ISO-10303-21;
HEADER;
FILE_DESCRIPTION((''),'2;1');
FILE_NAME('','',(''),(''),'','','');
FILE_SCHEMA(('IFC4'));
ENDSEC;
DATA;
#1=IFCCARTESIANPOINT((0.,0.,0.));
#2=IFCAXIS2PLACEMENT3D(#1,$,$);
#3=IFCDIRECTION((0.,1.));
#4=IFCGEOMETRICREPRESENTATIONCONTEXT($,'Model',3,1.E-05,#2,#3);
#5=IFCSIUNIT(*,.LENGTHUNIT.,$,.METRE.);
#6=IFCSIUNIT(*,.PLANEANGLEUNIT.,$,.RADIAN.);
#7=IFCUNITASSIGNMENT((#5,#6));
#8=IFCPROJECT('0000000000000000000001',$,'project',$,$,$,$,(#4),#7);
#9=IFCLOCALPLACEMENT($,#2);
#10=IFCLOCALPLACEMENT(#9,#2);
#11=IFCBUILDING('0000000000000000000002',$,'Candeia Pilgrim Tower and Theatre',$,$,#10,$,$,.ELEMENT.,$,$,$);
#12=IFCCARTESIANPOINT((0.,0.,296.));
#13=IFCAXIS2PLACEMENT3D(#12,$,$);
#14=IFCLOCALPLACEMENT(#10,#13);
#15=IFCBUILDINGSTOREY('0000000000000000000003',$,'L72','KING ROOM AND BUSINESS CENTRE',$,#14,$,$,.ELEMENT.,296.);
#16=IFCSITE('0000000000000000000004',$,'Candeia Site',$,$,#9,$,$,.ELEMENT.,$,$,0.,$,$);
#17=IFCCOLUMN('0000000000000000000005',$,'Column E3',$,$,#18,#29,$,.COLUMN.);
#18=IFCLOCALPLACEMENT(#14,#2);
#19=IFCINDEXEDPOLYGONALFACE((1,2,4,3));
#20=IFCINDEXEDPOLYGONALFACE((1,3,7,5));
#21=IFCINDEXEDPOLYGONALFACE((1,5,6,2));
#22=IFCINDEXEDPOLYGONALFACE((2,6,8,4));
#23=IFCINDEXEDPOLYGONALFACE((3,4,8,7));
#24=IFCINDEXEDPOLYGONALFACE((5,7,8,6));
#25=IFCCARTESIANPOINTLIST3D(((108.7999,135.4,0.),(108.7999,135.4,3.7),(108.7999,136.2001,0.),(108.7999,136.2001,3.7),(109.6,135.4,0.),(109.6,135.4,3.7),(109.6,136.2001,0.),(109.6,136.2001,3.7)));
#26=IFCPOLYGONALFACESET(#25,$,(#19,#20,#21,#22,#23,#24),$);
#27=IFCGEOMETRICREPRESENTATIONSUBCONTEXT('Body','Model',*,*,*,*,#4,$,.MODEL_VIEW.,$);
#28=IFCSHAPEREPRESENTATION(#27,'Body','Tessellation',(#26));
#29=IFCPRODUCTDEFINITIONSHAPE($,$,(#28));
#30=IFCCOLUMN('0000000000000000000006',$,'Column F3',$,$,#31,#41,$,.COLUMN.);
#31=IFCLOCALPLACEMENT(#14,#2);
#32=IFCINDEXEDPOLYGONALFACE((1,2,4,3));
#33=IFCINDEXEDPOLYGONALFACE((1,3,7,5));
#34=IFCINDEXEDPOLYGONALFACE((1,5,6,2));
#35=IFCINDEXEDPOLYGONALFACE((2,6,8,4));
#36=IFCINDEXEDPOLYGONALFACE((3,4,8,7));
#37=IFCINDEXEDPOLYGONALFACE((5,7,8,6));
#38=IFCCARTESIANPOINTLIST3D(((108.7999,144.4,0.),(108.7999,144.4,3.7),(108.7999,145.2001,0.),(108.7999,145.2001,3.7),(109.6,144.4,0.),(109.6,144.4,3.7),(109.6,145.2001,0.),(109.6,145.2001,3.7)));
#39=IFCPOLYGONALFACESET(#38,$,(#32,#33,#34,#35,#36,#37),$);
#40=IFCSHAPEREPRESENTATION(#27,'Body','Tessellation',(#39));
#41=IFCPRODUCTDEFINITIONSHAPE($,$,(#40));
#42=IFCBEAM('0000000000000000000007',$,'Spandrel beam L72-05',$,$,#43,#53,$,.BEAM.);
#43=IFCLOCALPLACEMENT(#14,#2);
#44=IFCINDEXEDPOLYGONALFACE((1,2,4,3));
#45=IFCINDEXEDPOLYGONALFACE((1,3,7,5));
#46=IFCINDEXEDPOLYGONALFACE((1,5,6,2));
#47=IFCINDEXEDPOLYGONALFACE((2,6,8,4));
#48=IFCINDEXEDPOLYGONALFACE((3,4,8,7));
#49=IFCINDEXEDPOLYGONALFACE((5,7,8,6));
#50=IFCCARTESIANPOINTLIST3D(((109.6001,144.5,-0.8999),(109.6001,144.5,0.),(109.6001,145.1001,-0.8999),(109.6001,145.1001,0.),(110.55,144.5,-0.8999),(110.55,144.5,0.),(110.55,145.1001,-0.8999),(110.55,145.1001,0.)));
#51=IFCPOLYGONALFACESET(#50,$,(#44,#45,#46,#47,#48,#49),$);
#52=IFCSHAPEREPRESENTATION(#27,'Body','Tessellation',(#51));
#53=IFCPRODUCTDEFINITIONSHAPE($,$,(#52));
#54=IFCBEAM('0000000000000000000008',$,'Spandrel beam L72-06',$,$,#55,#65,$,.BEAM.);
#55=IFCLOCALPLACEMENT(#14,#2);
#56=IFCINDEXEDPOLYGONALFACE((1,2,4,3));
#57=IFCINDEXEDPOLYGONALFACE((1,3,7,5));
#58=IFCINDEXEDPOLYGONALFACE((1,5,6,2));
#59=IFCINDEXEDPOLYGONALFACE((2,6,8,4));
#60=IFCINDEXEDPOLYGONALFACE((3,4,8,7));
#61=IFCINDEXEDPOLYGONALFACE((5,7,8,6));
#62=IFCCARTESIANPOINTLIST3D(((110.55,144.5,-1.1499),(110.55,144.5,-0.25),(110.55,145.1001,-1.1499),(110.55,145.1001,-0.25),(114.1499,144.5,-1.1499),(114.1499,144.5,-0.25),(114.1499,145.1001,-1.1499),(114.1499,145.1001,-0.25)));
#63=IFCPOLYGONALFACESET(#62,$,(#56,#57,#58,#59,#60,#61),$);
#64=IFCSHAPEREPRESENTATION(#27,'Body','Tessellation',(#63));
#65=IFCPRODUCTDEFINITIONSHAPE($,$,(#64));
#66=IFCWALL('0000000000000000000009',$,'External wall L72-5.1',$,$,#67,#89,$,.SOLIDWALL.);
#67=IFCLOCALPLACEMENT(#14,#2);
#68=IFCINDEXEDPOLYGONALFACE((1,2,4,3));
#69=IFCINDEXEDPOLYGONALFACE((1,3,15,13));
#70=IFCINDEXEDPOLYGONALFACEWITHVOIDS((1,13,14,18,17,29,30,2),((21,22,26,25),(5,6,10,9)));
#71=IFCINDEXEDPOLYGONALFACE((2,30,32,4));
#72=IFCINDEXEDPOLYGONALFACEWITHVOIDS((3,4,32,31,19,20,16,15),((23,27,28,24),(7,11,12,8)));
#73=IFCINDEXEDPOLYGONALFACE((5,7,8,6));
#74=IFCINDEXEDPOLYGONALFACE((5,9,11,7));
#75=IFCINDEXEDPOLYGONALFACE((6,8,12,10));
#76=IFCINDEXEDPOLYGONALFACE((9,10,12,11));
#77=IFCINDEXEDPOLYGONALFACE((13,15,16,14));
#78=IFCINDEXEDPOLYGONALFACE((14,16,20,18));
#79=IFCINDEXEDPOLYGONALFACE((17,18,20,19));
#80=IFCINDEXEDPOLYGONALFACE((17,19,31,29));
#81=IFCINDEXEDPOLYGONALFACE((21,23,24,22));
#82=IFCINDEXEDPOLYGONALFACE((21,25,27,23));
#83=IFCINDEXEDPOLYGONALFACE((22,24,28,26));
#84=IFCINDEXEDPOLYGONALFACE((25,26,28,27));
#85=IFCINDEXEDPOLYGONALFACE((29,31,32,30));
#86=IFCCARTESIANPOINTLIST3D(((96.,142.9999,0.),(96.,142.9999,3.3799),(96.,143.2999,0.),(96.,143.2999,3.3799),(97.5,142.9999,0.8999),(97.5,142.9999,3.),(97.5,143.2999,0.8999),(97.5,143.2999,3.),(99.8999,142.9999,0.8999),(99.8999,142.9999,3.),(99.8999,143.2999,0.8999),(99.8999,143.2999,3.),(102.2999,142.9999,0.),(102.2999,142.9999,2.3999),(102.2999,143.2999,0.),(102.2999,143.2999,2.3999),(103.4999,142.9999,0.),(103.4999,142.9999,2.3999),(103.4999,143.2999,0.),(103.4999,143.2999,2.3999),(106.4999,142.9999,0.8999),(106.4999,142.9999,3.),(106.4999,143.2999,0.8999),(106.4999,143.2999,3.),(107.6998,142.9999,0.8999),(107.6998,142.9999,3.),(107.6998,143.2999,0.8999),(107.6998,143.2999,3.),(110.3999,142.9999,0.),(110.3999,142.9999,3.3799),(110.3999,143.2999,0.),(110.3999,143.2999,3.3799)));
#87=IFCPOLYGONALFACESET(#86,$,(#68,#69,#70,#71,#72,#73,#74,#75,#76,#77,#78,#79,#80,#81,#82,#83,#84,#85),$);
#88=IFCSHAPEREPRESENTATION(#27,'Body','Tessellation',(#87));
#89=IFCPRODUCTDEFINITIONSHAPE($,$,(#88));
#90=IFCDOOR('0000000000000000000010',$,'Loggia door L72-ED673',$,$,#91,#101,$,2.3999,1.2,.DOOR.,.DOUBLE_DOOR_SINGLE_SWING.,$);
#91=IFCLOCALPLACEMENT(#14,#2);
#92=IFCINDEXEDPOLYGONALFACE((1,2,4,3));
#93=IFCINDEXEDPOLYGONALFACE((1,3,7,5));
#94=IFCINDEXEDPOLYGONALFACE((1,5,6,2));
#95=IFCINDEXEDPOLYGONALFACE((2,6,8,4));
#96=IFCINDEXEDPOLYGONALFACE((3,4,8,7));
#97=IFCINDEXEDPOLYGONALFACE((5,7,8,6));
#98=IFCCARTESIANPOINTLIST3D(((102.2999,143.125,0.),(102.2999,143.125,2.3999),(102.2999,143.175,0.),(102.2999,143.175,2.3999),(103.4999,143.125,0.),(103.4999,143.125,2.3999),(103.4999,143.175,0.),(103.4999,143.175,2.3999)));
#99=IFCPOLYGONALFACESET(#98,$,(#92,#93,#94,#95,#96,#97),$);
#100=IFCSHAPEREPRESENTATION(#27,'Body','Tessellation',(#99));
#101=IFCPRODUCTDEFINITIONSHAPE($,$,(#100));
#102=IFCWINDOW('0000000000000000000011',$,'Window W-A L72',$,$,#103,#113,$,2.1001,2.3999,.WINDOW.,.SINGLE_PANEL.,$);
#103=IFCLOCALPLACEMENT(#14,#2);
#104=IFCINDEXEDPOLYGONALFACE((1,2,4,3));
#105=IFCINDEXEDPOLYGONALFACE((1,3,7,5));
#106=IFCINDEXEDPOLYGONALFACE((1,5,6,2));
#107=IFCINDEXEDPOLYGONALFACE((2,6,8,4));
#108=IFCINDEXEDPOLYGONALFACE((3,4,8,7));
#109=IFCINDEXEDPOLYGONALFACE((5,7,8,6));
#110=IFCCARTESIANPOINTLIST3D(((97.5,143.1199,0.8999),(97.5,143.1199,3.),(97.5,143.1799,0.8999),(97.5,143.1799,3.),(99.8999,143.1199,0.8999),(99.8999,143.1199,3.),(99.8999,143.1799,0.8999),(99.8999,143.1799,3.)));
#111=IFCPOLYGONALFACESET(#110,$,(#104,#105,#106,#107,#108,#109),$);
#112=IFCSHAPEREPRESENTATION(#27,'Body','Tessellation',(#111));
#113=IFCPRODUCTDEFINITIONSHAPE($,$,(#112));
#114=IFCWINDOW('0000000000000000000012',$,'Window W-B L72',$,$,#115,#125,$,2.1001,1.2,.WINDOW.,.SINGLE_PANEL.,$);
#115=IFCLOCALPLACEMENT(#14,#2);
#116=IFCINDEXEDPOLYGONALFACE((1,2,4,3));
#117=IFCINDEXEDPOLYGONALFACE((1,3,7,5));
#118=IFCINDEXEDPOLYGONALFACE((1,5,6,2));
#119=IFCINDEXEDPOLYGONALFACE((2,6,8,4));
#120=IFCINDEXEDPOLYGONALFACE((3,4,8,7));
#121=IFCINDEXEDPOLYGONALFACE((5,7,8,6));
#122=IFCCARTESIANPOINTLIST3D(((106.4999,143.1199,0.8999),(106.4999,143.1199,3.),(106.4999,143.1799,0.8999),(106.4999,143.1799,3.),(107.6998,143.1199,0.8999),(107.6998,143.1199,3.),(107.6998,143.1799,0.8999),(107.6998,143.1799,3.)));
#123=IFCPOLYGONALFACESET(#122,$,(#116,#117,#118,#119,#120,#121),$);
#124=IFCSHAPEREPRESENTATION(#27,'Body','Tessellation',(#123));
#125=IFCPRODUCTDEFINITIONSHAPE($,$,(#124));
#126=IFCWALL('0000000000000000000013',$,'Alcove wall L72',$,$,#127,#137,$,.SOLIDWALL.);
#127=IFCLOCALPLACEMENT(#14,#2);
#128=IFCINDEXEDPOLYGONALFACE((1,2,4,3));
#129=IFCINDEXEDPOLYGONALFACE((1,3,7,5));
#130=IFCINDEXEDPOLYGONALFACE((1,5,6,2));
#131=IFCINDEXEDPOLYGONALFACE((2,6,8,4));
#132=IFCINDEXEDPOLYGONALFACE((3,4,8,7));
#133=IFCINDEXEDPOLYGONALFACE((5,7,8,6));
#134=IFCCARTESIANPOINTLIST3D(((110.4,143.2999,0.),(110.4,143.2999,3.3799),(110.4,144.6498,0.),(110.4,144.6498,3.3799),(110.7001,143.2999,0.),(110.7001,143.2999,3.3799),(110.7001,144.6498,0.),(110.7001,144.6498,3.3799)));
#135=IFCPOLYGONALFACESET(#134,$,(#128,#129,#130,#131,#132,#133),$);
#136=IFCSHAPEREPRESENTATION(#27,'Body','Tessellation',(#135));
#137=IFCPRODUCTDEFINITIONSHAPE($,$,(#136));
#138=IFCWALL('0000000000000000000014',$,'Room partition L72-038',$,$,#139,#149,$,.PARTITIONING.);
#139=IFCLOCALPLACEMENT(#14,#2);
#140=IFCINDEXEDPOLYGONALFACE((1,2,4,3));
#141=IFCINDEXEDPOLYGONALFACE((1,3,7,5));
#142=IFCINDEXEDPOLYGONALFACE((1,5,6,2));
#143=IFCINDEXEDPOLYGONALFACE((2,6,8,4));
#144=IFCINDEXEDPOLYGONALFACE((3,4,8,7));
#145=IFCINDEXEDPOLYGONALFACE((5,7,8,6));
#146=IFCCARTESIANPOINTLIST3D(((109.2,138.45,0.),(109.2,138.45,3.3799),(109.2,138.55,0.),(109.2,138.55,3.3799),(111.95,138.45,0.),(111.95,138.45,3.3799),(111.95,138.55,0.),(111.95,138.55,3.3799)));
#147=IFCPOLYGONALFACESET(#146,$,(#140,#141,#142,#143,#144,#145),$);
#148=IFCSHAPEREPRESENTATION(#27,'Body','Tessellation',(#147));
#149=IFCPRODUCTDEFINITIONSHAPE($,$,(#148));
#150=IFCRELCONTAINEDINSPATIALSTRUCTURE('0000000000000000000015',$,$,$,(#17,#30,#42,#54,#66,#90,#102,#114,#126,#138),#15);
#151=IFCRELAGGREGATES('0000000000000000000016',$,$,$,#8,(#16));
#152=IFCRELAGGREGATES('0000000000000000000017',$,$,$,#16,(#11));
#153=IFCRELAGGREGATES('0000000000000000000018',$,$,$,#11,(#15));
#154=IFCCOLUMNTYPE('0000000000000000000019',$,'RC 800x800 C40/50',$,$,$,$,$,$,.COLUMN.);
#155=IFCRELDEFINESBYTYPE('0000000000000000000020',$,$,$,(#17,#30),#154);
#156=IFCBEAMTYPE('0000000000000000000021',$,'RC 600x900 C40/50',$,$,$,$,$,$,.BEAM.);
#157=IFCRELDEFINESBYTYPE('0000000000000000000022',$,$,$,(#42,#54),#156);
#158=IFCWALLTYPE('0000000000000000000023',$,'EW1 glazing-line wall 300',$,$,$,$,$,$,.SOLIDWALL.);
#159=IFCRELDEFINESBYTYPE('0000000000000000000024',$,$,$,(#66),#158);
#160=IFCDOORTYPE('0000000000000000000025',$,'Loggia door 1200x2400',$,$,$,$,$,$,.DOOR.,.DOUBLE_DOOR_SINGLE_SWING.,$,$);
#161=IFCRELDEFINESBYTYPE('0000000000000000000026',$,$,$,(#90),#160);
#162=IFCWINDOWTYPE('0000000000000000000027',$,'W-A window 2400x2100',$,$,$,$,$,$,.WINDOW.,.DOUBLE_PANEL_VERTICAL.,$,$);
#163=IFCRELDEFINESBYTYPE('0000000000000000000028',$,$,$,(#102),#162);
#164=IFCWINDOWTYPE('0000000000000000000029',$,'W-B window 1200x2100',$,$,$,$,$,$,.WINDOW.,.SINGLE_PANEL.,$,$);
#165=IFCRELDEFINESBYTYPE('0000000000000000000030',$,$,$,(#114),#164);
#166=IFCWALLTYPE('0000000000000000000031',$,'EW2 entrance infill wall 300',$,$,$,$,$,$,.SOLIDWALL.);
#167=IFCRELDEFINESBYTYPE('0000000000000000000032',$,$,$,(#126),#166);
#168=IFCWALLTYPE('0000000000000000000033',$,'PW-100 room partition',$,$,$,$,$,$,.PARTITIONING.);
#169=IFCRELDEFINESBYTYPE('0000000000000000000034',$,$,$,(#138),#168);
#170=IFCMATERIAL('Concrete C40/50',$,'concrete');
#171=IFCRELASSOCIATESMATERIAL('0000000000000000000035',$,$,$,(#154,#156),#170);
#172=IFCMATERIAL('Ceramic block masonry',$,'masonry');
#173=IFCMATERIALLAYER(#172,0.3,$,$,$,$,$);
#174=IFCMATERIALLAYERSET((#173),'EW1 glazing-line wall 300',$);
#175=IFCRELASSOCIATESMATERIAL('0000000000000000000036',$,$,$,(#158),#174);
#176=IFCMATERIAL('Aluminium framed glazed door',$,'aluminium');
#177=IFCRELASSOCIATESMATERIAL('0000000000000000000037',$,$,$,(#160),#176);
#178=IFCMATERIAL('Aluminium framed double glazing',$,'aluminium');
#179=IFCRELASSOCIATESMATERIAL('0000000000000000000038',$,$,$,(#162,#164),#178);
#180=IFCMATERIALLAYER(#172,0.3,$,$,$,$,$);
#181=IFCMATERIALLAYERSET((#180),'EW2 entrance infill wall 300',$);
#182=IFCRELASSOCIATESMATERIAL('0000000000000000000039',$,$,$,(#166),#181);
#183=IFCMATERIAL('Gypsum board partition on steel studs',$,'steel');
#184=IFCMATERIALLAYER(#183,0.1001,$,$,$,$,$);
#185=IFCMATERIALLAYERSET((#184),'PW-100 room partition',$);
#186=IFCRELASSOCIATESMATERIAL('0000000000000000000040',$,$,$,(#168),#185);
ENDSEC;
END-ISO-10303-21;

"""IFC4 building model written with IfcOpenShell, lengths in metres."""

from ifc_helpers import new_model, si_unit, direction, frame, frame_2d, origin, origin_2d, place, context, subcontext, project, spatial, rectangle, extrude, material, layer, layer_set, material_profile, profile_set, type_object, element, fill, save


model = new_model("IFC4")

# Units and contexts
model_context = context("Model", 3, precision=1e-05, world=origin(), true_north=direction((0.0, 1.0)))
body_context = subcontext(model_context, "Body", "Model", "MODEL_VIEW")
ifc_project = project(units=[si_unit("LENGTHUNIT", "METRE"), si_unit("PLANEANGLEUNIT", "RADIAN")], contexts=[model_context])

# Site, building, storey
site_placement = place(None, origin())
site = spatial("IfcSite", under=ifc_project, at=site_placement, Name="Candeia Site", CompositionType="ELEMENT", RefElevation=0.0)
building_placement = place(site_placement, origin())
building = spatial("IfcBuilding", under=site, at=building_placement, Name="Candeia Pilgrim Tower and Theatre", CompositionType="ELEMENT")
storey_placement = place(building_placement, frame((0.0, 0.0, 296.0)))
storey = spatial("IfcBuildingStorey", under=building, at=storey_placement, Name="L72", Description="KING ROOM AND BUSINESS CENTRE", CompositionType="ELEMENT", Elevation=296.0)

# Columns
ifc_material_1 = material(Name="Concrete C40/50", Category="concrete")
ifc_material_profile_1 = material_profile(ifc_material_1, rectangle(XDim=0.8, YDim=0.8, at=origin_2d()))
ifc_profile_set_1 = profile_set([ifc_material_profile_1], Name="Concrete C40/50")
column_type = type_object("IfcColumnType", Name="RC 800x800 C40/50", PredefinedType="COLUMN", material=ifc_profile_set_1)
for number, where, z_axis, x_axis, name in (
    (1, (109.2, 135.8, 0.0), (0.0, 0.0, 1.0), (1.0, 0.0, 0.0), "Column E3"),
    (2, (109.2, 144.8, 0.0), (0.0, 0.0, 1.0), (1.0, 0.0, 0.0), "Column F3"),
):
    element("IfcColumn", number, at=place(storey_placement, frame(where, z_axis=z_axis, x_axis=x_axis)), inside=storey, type_object=column_type, Name=name, PredefinedType="COLUMN", context=body_context, shape_type="SweptSolid", body=[
        extrude(rectangle(XDim=0.8, YDim=0.8, at=origin_2d()), origin(), (0.0, 0.0, 1.0), 3.7),
    ])

# Beams
ifc_material_profile_2 = material_profile(ifc_material_1, rectangle(XDim=0.6001, YDim=0.8999, at=origin_2d()))
ifc_profile_set_2 = profile_set([ifc_material_profile_2], Name="Concrete C40/50")
beam_type = type_object("IfcBeamType", Name="RC 600x900 C40/50", PredefinedType="BEAM", material=ifc_profile_set_2)
beam_1_placement = place(storey_placement, frame((109.6001, 144.8, -0.45), z_axis=(1.0, 0.0, 0.0), x_axis=(0.0, 1.0, 0.0)))
element("IfcBeam", 3, at=beam_1_placement, inside=storey, type_object=beam_type, Name="Spandrel beam L72-05", PredefinedType="BEAM", context=body_context, shape_type="SweptSolid", body=[
    extrude(rectangle(XDim=0.6001, YDim=0.8999, at=origin_2d()), origin(), (0.0, 0.0, 1.0), 0.95),
])
beam_2_placement = place(storey_placement, frame((110.55, 144.8, -0.7), z_axis=(1.0, 0.0, 0.0), x_axis=(0.0, 1.0, 0.0)))
element("IfcBeam", 4, at=beam_2_placement, inside=storey, type_object=beam_type, Name="Spandrel beam L72-06", PredefinedType="BEAM", context=body_context, shape_type="SweptSolid", body=[
    extrude(rectangle(XDim=0.6001, YDim=0.8999, at=origin_2d()), origin(), (0.0, 0.0, 1.0), 3.5999),
])

# Wall, openings, door, windows
ifc_material_2 = material(Name="Ceramic block masonry", Category="masonry")
ifc_layer_1 = layer(ifc_material_2, 0.3)
ifc_layer_set_1 = layer_set([ifc_layer_1], Name="EW1 glazing-line wall 300")
wall_type_1 = type_object("IfcWallType", Name="EW1 glazing-line wall 300", PredefinedType="SOLIDWALL", material=ifc_layer_set_1)
wall_1_placement = place(storey_placement, frame((110.3999, 143.1499, 0.0), z_axis=(0.0, 0.0, 1.0), x_axis=(-1.0, 0.0, 0.0)))
wall_1 = element("IfcWall", 5, at=wall_1_placement, inside=storey, type_object=wall_type_1, Name="External wall L72-5.1", PredefinedType="SOLIDWALL", context=body_context, shape_type="SweptSolid", body=[
    extrude(rectangle(XDim=14.3999, YDim=0.3, at=frame_2d((7.2, 0.0))), origin(), (0.0, 0.0, 1.0), 3.3799),
])
opening_1_placement = place(wall_1_placement, frame((2.7, 0.0, 0.8999)))
opening_1 = element("IfcOpeningElement", 6, at=opening_1_placement, cuts=wall_1, PredefinedType="OPENING", context=body_context, shape_type="SweptSolid", body=[
    extrude(rectangle(XDim=1.2, YDim=2.1001, at=frame_2d((0.6001, 1.05))), frame((0.0, 0.1602, 0.0), z_axis=(0.0, -1.0, 0.0), x_axis=(1.0, 0.0, 0.0)), (0.0, 0.0, 1.0), 0.3201),
])
opening_2_placement = place(wall_1_placement, frame((6.8999, 0.0, 0.0)))
opening_2 = element("IfcOpeningElement", 7, at=opening_2_placement, cuts=wall_1, PredefinedType="OPENING", context=body_context, shape_type="SweptSolid", body=[
    extrude(rectangle(XDim=1.2, YDim=2.3999, at=frame_2d((0.6001, 1.2))), frame((0.0, 0.1602, 0.0), z_axis=(0.0, -1.0, 0.0), x_axis=(1.0, 0.0, 0.0)), (0.0, 0.0, 1.0), 0.3201),
])
opening_3_placement = place(wall_1_placement, frame((10.5, 0.0, 0.8999)))
opening_3 = element("IfcOpeningElement", 8, at=opening_3_placement, cuts=wall_1, PredefinedType="OPENING", context=body_context, shape_type="SweptSolid", body=[
    extrude(rectangle(XDim=2.3999, YDim=2.1001, at=frame_2d((1.2, 1.05))), frame((0.0, 0.1602, 0.0), z_axis=(0.0, -1.0, 0.0), x_axis=(1.0, 0.0, 0.0)), (0.0, 0.0, 1.0), 0.3201),
])
ifc_material_3 = material(Name="Aluminium framed glazed door", Category="aluminium")
door_type_1 = type_object("IfcDoorType", Name="Loggia door 1200x2400", OperationType="DOUBLE_DOOR_SINGLE_SWING", PredefinedType="DOOR", material=ifc_material_3)
door_1_placement = place(opening_2_placement, origin())
door_1 = element("IfcDoor", 9, at=door_1_placement, inside=storey, type_object=door_type_1, Name="Loggia door L72-ED673", OperationType="DOUBLE_DOOR_SINGLE_SWING", OverallHeight=2.3999, OverallWidth=1.2, PredefinedType="DOOR", context=body_context, shape_type="SweptSolid", body=[
    extrude(rectangle(XDim=1.2, YDim=2.3999, at=frame_2d((0.6001, 1.2))), frame((0.0, 0.0249, 0.0), z_axis=(0.0, -1.0, 0.0), x_axis=(1.0, 0.0, 0.0)), (0.0, 0.0, 1.0), 0.05),
])
fill(opening_2, door_1)
ifc_material_4 = material(Name="Aluminium framed double glazing", Category="aluminium")
window_type_1 = type_object("IfcWindowType", Name="W-A window 2400x2100", PartitioningType="DOUBLE_PANEL_VERTICAL", PredefinedType="WINDOW", material=ifc_material_4)
window_1_placement = place(opening_3_placement, origin())
window_1 = element("IfcWindow", 10, at=window_1_placement, inside=storey, type_object=window_type_1, Name="Window W-A L72", OverallHeight=2.1001, OverallWidth=2.3999, PartitioningType="SINGLE_PANEL", PredefinedType="WINDOW", context=body_context, shape_type="SweptSolid", body=[
    extrude(rectangle(XDim=2.3999, YDim=2.1001, at=frame_2d((1.2, 1.05))), frame((0.0, 0.03, 0.0), z_axis=(0.0, -1.0, 0.0), x_axis=(1.0, 0.0, 0.0)), (0.0, 0.0, 1.0), 0.0601),
])
fill(opening_3, window_1)
window_type_2 = type_object("IfcWindowType", Name="W-B window 1200x2100", PartitioningType="SINGLE_PANEL", PredefinedType="WINDOW", material=ifc_material_4)
window_2_placement = place(opening_1_placement, origin())
window_2 = element("IfcWindow", 11, at=window_2_placement, inside=storey, type_object=window_type_2, Name="Window W-B L72", OverallHeight=2.1001, OverallWidth=1.2, PartitioningType="SINGLE_PANEL", PredefinedType="WINDOW", context=body_context, shape_type="SweptSolid", body=[
    extrude(rectangle(XDim=1.2, YDim=2.1001, at=frame_2d((0.6001, 1.05))), frame((0.0, 0.03, 0.0), z_axis=(0.0, -1.0, 0.0), x_axis=(1.0, 0.0, 0.0)), (0.0, 0.0, 1.0), 0.0601),
])
fill(opening_1, window_2)

# Walls
ifc_layer_2 = layer(ifc_material_2, 0.3)
ifc_layer_set_2 = layer_set([ifc_layer_2], Name="EW2 entrance infill wall 300")
wall_type_2 = type_object("IfcWallType", Name="EW2 entrance infill wall 300", PredefinedType="SOLIDWALL", material=ifc_layer_set_2)
wall_2_placement = place(storey_placement, frame((110.55, 143.3, 0.0), z_axis=(0.0, 0.0, 1.0), x_axis=(0.0, 1.0, 0.0)))
element("IfcWall", 12, at=wall_2_placement, inside=storey, type_object=wall_type_2, Name="Alcove wall L72", PredefinedType="SOLIDWALL", context=body_context, shape_type="SweptSolid", body=[
    extrude(rectangle(XDim=1.3499, YDim=0.3, at=frame_2d((0.6748, 0.0))), origin(), (0.0, 0.0, 1.0), 3.3799),
])
ifc_material_5 = material(Name="Gypsum board partition on steel studs", Category="steel")
ifc_layer_3 = layer(ifc_material_5, 0.1001)
ifc_layer_set_3 = layer_set([ifc_layer_3], Name="PW-100 room partition")
wall_type_3 = type_object("IfcWallType", Name="PW-100 room partition", PredefinedType="PARTITIONING", material=ifc_layer_set_3)
wall_3_placement = place(storey_placement, frame((109.2, 138.5, 0.0), z_axis=(0.0, 0.0, 1.0), x_axis=(1.0, 0.0, 0.0)))
element("IfcWall", 13, at=wall_3_placement, inside=storey, type_object=wall_type_3, Name="Room partition L72-038", PredefinedType="PARTITIONING", context=body_context, shape_type="SweptSolid", body=[
    extrude(rectangle(XDim=2.75, YDim=0.1001, at=frame_2d((1.375, 0.0))), origin(), (0.0, 0.0, 1.0), 3.3799),
])

save(model, "model.ifc")
